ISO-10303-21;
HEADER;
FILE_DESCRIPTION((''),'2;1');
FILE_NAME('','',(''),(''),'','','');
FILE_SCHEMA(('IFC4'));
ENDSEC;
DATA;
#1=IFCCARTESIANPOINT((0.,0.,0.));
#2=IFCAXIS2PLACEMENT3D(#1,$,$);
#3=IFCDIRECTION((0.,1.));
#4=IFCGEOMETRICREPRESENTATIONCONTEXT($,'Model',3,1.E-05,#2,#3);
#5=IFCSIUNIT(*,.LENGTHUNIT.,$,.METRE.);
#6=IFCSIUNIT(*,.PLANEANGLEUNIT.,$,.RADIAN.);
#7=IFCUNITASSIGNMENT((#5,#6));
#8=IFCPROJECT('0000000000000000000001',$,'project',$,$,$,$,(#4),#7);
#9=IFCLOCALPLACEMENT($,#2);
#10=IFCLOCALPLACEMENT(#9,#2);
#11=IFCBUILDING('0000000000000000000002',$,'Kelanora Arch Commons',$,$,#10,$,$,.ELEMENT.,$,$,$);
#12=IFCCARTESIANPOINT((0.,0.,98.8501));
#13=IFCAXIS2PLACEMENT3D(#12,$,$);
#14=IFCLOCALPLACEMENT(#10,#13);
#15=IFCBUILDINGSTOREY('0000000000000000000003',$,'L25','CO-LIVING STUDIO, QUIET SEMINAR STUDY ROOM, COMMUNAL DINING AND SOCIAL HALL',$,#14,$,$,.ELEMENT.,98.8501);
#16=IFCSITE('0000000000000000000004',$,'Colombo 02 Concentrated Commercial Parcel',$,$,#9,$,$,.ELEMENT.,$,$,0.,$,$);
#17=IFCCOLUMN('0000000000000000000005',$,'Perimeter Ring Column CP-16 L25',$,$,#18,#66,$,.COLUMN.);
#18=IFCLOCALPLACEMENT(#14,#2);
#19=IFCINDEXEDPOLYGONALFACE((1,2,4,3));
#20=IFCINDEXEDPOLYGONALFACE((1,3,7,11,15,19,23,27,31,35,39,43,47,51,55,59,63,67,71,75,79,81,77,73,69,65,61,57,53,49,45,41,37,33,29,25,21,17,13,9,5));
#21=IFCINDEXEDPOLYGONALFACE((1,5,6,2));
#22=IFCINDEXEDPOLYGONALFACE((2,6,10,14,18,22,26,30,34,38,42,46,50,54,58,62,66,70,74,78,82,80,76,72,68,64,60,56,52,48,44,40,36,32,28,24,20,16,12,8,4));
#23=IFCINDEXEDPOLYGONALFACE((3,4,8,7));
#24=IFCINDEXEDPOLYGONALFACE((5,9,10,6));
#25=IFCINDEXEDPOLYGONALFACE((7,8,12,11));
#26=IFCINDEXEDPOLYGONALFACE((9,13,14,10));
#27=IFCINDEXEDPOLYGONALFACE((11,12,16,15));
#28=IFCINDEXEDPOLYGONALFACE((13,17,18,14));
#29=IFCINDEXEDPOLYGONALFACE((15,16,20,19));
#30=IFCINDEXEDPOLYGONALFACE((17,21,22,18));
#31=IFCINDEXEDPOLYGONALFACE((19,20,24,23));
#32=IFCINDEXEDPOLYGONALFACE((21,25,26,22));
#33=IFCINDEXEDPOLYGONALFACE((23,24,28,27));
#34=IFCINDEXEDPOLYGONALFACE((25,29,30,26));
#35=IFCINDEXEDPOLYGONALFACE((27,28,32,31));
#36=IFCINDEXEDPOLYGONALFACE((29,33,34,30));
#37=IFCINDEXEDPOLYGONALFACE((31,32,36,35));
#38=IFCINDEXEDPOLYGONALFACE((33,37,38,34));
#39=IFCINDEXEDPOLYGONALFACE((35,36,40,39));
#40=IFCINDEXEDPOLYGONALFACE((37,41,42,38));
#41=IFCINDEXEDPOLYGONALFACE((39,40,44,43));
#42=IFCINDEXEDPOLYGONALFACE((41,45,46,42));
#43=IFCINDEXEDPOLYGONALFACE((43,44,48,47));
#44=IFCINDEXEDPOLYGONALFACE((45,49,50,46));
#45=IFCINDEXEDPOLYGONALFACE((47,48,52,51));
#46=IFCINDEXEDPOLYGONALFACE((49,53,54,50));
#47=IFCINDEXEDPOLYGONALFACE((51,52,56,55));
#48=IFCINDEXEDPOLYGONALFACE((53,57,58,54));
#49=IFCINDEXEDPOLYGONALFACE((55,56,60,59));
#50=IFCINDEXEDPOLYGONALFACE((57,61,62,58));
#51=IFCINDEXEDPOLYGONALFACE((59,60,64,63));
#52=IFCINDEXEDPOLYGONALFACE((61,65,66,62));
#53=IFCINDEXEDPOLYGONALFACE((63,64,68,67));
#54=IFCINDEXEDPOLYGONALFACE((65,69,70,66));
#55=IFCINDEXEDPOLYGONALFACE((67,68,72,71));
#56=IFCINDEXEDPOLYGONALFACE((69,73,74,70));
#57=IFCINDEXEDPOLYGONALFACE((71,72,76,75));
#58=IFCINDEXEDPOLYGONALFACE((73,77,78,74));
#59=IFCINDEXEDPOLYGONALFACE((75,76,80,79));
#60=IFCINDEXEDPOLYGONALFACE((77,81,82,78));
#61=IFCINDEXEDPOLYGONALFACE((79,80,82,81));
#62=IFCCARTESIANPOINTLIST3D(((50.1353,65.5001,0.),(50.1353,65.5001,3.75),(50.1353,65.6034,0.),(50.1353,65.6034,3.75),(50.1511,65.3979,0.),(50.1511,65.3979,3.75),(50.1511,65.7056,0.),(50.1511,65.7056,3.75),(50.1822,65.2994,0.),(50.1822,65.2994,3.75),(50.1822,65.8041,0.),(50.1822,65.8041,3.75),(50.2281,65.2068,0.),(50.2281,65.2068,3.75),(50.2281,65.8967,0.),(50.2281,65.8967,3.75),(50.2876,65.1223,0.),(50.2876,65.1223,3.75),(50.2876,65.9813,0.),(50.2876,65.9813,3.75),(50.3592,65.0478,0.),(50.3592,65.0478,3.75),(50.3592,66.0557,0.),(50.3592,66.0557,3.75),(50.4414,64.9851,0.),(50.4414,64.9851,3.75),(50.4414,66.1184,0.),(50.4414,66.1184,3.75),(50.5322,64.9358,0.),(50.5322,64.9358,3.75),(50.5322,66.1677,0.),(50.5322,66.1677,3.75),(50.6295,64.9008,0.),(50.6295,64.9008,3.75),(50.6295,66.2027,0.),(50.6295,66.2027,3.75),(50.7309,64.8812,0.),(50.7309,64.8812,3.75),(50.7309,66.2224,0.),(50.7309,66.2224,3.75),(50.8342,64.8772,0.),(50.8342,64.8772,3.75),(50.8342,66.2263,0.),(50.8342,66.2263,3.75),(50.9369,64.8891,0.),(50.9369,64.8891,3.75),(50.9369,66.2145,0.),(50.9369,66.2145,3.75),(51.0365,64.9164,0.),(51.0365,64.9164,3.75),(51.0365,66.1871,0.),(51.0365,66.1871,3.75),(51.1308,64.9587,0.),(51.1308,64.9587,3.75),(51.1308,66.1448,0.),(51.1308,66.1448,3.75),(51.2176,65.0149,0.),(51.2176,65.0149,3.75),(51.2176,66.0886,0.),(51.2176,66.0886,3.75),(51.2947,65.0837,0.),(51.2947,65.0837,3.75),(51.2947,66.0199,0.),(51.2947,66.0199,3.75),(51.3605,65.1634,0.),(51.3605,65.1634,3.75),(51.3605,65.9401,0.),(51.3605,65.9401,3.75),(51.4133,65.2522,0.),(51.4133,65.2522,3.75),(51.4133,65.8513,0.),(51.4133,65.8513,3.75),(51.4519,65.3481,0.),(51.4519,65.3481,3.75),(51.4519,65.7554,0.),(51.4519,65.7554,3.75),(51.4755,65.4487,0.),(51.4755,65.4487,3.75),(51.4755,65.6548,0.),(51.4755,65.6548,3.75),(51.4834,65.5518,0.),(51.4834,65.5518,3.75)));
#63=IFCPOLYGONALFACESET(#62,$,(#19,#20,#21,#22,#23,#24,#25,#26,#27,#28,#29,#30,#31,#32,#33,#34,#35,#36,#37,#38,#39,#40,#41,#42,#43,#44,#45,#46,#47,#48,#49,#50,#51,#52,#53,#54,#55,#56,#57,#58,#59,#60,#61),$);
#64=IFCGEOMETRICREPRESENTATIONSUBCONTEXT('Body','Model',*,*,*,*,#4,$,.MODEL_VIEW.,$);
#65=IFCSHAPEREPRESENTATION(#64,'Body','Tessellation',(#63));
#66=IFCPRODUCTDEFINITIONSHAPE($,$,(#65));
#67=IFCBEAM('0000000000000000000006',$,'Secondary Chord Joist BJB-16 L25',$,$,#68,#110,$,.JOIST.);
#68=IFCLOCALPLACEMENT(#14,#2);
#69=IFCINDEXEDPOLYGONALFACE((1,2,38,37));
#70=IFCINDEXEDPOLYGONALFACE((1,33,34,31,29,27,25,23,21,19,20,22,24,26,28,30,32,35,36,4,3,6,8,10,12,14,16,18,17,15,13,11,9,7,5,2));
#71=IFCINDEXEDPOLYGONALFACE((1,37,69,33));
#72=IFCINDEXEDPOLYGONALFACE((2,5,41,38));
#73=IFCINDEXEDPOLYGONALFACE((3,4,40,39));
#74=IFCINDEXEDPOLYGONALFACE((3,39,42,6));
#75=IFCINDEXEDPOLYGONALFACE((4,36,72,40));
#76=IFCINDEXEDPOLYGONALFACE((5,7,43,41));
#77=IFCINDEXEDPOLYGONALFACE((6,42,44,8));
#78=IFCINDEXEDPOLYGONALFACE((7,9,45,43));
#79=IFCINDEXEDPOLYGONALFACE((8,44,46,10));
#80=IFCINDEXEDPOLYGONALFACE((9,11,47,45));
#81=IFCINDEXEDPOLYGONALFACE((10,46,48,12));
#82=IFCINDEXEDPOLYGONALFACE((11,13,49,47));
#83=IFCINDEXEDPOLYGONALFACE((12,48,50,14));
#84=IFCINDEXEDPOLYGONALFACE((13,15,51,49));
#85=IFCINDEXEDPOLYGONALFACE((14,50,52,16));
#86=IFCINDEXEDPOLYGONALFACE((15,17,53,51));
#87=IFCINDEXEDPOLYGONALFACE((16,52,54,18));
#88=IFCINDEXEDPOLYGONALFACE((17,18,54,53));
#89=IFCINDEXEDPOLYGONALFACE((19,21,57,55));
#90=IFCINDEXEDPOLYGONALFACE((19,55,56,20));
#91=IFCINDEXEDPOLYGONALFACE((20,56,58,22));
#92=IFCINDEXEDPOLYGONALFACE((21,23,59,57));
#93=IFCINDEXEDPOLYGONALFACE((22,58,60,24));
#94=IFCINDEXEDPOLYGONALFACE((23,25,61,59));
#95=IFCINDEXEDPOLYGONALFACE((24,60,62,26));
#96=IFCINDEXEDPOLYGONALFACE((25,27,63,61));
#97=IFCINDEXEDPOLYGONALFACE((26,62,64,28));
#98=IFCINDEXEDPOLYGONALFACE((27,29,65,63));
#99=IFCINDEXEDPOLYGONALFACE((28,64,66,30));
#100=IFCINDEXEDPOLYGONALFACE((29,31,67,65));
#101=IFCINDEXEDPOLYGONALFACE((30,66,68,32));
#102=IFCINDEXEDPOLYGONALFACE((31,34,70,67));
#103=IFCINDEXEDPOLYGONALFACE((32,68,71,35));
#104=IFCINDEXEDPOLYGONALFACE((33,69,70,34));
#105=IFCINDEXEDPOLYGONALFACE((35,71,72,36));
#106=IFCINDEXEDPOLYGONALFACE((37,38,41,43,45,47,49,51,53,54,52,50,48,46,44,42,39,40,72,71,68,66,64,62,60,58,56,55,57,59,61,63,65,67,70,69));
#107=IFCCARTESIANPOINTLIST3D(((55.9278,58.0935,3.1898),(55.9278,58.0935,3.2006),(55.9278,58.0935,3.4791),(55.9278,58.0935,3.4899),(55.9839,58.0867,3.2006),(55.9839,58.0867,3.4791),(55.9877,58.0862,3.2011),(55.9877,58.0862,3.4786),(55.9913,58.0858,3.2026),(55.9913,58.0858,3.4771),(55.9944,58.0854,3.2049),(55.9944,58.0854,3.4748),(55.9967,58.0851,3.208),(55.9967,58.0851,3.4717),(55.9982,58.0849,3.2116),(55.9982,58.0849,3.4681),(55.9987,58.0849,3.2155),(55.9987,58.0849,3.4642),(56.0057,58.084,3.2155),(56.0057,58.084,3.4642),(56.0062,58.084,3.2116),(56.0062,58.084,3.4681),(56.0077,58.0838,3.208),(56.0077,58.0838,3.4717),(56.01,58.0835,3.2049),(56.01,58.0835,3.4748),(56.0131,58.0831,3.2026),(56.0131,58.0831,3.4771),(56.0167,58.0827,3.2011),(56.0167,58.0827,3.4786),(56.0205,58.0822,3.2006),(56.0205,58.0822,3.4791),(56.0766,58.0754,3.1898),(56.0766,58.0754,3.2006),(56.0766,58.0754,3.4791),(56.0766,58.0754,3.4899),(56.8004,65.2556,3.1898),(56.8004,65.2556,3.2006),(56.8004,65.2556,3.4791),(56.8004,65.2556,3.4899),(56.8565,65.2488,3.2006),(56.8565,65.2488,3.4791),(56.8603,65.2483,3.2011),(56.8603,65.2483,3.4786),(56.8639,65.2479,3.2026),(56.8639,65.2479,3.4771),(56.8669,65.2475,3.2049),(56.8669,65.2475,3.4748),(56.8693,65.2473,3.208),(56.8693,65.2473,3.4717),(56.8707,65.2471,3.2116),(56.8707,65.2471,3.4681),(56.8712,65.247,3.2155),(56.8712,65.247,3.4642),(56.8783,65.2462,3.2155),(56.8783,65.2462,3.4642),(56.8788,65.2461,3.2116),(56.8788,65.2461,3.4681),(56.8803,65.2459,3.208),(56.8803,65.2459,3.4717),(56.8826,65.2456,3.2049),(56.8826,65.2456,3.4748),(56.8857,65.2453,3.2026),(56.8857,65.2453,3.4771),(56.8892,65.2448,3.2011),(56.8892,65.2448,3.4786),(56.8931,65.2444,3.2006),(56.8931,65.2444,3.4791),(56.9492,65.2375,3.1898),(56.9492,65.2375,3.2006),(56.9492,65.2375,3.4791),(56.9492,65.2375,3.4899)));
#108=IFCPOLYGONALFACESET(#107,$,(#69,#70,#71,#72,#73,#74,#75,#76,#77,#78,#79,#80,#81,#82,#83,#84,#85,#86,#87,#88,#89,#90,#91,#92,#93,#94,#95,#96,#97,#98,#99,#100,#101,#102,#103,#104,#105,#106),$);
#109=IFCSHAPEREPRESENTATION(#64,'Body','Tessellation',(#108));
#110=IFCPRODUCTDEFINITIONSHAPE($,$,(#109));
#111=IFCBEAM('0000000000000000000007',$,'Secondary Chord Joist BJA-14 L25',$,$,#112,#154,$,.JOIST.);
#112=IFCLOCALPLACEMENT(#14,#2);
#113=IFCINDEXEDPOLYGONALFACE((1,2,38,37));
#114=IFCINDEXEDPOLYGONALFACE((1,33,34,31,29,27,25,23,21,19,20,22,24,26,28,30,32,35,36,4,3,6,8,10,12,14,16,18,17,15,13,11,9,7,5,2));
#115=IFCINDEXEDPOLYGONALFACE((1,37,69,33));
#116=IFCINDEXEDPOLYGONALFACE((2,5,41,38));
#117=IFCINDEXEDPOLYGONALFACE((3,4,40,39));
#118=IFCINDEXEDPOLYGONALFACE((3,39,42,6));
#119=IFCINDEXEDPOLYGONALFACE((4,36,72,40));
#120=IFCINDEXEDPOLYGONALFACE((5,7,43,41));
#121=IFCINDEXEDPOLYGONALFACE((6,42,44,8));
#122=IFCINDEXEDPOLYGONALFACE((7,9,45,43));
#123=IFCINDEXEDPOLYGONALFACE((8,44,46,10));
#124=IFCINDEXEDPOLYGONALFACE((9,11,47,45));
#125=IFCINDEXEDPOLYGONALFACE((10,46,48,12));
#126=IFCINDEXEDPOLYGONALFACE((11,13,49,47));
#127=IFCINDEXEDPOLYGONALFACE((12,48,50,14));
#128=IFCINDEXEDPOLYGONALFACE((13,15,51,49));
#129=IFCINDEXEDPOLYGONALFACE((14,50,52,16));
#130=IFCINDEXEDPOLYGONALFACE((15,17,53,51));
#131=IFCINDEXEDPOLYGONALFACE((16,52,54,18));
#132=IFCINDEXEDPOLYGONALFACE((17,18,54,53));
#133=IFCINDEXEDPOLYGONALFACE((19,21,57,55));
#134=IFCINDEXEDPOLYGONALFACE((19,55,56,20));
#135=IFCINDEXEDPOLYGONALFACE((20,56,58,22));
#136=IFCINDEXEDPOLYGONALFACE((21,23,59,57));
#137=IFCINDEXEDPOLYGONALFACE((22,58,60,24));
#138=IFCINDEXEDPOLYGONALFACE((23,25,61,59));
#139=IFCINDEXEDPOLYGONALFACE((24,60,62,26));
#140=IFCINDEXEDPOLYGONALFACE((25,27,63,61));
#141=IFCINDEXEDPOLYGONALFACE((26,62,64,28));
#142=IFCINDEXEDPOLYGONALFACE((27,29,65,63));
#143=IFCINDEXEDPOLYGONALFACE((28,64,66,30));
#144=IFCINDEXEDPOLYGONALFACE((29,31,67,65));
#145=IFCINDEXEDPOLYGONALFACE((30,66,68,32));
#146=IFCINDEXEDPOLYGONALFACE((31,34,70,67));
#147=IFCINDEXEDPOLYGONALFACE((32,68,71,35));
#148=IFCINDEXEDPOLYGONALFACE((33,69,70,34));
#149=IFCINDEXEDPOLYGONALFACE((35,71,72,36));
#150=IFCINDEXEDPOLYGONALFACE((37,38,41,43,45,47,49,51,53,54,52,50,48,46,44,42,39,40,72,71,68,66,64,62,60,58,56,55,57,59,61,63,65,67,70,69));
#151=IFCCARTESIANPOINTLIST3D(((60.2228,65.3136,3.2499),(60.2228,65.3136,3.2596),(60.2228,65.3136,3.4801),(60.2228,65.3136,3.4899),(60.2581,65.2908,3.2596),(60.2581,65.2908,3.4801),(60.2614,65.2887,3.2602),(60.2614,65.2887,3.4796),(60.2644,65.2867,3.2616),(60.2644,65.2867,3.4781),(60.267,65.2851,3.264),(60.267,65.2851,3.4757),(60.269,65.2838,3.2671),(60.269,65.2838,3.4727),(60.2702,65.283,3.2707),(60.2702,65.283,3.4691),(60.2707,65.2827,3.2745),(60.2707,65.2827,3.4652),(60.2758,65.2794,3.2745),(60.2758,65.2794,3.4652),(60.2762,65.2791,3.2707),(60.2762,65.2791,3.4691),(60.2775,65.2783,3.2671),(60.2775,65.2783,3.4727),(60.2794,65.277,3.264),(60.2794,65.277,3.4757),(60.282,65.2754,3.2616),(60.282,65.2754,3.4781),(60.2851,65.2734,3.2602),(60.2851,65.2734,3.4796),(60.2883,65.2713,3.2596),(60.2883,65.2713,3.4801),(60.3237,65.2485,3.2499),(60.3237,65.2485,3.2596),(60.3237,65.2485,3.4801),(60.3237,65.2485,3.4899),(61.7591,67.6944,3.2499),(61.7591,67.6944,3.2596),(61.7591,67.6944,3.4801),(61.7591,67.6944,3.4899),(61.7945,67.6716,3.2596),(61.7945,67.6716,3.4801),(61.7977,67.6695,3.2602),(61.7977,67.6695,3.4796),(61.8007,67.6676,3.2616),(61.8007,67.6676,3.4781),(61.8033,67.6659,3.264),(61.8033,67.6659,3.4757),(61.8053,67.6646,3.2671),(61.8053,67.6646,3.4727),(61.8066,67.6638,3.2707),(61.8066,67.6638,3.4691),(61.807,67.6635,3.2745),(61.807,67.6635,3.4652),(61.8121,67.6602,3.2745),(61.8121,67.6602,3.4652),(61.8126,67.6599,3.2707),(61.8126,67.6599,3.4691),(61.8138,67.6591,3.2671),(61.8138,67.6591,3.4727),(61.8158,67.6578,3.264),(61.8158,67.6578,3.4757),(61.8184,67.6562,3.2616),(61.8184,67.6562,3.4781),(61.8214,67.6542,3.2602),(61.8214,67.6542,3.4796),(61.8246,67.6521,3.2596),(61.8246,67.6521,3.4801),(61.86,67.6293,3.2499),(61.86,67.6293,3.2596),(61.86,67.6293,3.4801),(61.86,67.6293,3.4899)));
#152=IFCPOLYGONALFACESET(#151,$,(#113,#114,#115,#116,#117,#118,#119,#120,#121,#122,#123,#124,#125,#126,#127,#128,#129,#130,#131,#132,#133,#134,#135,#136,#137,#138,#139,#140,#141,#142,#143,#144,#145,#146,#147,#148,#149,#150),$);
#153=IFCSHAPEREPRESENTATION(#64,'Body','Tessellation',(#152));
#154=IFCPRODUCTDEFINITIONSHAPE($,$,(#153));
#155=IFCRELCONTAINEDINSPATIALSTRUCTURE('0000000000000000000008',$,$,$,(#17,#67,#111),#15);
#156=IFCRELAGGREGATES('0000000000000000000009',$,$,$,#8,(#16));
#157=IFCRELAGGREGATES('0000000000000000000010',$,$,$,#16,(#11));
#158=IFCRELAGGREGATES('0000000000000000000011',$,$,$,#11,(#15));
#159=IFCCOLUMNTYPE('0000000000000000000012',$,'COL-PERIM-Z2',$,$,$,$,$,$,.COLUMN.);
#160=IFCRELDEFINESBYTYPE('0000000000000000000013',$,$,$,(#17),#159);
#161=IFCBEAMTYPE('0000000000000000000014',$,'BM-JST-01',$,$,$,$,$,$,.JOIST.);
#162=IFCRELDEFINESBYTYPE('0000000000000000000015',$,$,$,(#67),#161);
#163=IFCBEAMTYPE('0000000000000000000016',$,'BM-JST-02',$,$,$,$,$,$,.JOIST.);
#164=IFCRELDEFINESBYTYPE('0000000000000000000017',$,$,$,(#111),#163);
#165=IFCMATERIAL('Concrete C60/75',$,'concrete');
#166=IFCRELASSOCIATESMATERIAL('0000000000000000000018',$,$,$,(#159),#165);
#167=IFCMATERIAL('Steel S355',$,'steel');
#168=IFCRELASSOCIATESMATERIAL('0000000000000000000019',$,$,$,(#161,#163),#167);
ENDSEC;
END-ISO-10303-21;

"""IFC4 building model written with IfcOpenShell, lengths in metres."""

from ifc_helpers import new_model, si_unit, direction, frame, origin, origin_2d, place, context, subcontext, project, spatial, circle, i_section, extrude, material, material_profile, profile_set, type_object, element, save


model = new_model("IFC4")

# Units and contexts
model_context = context("Model", 3, precision=1e-05, world=origin(), true_north=direction((0.0, 1.0)))
body_context = subcontext(model_context, "Body", "Model", "MODEL_VIEW")
ifc_project = project(units=[si_unit("LENGTHUNIT", "METRE"), si_unit("PLANEANGLEUNIT", "RADIAN")], contexts=[model_context])

# Site, building, storey
site_placement = place(None, origin())
site = spatial("IfcSite", under=ifc_project, at=site_placement, Name="Colombo 02 Concentrated Commercial Parcel", CompositionType="ELEMENT", RefElevation=0.0)
building_placement = place(site_placement, origin())
building = spatial("IfcBuilding", under=site, at=building_placement, Name="Kelanora Arch Commons", CompositionType="ELEMENT")
storey_placement = place(building_placement, frame((0.0, 0.0, 98.8501)))
storey = spatial("IfcBuildingStorey", under=building, at=storey_placement, Name="L25", Description="CO-LIVING STUDIO, QUIET SEMINAR STUDY ROOM, COMMUNAL DINING AND SOCIAL HALL", CompositionType="ELEMENT", Elevation=98.8501)

# Column
ifc_material_1 = material(Name="Concrete C60/75", Category="concrete")
ifc_material_profile_1 = material_profile(ifc_material_1, circle(Radius=0.675, at=origin_2d()), Name="RCC1350")
ifc_profile_set_1 = profile_set([ifc_material_profile_1], Name="Concrete C60/75")
column_type = type_object("IfcColumnType", Name="COL-PERIM-Z2", PredefinedType="COLUMN", material=ifc_profile_set_1)
column_placement = place(storey_placement, frame((50.8083, 65.5518, 0.0), z_axis=(0.0, 0.0, 1.0), x_axis=(1.0, 0.0, 0.0)))
element("IfcColumn", 1, at=column_placement, inside=storey, type_object=column_type, Name="Perimeter Ring Column CP-16 L25", PredefinedType="COLUMN", context=body_context, shape_type="SweptSolid", body=[
    extrude(circle(Radius=0.675, at=origin_2d()), origin(), (0.0, 0.0, 1.0), 3.75),
])

# Beams
ifc_material_2 = material(Name="Steel S355", Category="steel")
ifc_material_profile_2 = material_profile(ifc_material_2, i_section(OverallWidth=0.1499, OverallDepth=0.3, WebThickness=0.0071, FlangeThickness=0.0107, FilletRadius=0.0149, at=origin_2d()), Name="IPE300")
ifc_profile_set_2 = profile_set([ifc_material_profile_2], Name="Steel S355")
beam_type_1 = type_object("IfcBeamType", Name="BM-JST-01", PredefinedType="JOIST", material=ifc_profile_set_2)
beam_1_placement = place(storey_placement, frame((56.8748, 65.2466, 3.3398), z_axis=(-0.120936, -0.99266, 0.0), x_axis=(0.99266, -0.120936, 0.0)))
element("IfcBeam", 2, at=beam_1_placement, inside=storey, type_object=beam_type_1, Name="Secondary Chord Joist BJB-16 L25", PredefinedType="JOIST", context=body_context, shape_type="SweptSolid", body=[
    extrude(i_section(OverallWidth=0.1499, OverallDepth=0.3, WebThickness=0.0071, FlangeThickness=0.0107, FilletRadius=0.0149, at=origin_2d()), origin(), (0.0, 0.0, 1.0), 7.2151),
])
ifc_material_profile_3 = material_profile(ifc_material_2, i_section(OverallWidth=0.1201, OverallDepth=0.24, WebThickness=0.0061, FlangeThickness=0.0098, FilletRadius=0.0149, at=origin_2d()), Name="IPE240")
ifc_profile_set_3 = profile_set([ifc_material_profile_3], Name="Steel S355")
beam_type_2 = type_object("IfcBeamType", Name="BM-JST-02", PredefinedType="JOIST", material=ifc_profile_set_3)
beam_2_placement = place(storey_placement, frame((61.8096, 67.6619, 3.3699), z_axis=(-0.542211, -0.840242, 0.0), x_axis=(0.840242, -0.542211, 0.0)))
element("IfcBeam", 3, at=beam_2_placement, inside=storey, type_object=beam_type_2, Name="Secondary Chord Joist BJA-14 L25", PredefinedType="JOIST", context=body_context, shape_type="SweptSolid", body=[
    extrude(i_section(OverallWidth=0.1201, OverallDepth=0.24, WebThickness=0.0061, FlangeThickness=0.0098, FilletRadius=0.0149, at=origin_2d()), origin(), (0.0, 0.0, 1.0), 2.8335),
])

save(model, "model.ifc")
